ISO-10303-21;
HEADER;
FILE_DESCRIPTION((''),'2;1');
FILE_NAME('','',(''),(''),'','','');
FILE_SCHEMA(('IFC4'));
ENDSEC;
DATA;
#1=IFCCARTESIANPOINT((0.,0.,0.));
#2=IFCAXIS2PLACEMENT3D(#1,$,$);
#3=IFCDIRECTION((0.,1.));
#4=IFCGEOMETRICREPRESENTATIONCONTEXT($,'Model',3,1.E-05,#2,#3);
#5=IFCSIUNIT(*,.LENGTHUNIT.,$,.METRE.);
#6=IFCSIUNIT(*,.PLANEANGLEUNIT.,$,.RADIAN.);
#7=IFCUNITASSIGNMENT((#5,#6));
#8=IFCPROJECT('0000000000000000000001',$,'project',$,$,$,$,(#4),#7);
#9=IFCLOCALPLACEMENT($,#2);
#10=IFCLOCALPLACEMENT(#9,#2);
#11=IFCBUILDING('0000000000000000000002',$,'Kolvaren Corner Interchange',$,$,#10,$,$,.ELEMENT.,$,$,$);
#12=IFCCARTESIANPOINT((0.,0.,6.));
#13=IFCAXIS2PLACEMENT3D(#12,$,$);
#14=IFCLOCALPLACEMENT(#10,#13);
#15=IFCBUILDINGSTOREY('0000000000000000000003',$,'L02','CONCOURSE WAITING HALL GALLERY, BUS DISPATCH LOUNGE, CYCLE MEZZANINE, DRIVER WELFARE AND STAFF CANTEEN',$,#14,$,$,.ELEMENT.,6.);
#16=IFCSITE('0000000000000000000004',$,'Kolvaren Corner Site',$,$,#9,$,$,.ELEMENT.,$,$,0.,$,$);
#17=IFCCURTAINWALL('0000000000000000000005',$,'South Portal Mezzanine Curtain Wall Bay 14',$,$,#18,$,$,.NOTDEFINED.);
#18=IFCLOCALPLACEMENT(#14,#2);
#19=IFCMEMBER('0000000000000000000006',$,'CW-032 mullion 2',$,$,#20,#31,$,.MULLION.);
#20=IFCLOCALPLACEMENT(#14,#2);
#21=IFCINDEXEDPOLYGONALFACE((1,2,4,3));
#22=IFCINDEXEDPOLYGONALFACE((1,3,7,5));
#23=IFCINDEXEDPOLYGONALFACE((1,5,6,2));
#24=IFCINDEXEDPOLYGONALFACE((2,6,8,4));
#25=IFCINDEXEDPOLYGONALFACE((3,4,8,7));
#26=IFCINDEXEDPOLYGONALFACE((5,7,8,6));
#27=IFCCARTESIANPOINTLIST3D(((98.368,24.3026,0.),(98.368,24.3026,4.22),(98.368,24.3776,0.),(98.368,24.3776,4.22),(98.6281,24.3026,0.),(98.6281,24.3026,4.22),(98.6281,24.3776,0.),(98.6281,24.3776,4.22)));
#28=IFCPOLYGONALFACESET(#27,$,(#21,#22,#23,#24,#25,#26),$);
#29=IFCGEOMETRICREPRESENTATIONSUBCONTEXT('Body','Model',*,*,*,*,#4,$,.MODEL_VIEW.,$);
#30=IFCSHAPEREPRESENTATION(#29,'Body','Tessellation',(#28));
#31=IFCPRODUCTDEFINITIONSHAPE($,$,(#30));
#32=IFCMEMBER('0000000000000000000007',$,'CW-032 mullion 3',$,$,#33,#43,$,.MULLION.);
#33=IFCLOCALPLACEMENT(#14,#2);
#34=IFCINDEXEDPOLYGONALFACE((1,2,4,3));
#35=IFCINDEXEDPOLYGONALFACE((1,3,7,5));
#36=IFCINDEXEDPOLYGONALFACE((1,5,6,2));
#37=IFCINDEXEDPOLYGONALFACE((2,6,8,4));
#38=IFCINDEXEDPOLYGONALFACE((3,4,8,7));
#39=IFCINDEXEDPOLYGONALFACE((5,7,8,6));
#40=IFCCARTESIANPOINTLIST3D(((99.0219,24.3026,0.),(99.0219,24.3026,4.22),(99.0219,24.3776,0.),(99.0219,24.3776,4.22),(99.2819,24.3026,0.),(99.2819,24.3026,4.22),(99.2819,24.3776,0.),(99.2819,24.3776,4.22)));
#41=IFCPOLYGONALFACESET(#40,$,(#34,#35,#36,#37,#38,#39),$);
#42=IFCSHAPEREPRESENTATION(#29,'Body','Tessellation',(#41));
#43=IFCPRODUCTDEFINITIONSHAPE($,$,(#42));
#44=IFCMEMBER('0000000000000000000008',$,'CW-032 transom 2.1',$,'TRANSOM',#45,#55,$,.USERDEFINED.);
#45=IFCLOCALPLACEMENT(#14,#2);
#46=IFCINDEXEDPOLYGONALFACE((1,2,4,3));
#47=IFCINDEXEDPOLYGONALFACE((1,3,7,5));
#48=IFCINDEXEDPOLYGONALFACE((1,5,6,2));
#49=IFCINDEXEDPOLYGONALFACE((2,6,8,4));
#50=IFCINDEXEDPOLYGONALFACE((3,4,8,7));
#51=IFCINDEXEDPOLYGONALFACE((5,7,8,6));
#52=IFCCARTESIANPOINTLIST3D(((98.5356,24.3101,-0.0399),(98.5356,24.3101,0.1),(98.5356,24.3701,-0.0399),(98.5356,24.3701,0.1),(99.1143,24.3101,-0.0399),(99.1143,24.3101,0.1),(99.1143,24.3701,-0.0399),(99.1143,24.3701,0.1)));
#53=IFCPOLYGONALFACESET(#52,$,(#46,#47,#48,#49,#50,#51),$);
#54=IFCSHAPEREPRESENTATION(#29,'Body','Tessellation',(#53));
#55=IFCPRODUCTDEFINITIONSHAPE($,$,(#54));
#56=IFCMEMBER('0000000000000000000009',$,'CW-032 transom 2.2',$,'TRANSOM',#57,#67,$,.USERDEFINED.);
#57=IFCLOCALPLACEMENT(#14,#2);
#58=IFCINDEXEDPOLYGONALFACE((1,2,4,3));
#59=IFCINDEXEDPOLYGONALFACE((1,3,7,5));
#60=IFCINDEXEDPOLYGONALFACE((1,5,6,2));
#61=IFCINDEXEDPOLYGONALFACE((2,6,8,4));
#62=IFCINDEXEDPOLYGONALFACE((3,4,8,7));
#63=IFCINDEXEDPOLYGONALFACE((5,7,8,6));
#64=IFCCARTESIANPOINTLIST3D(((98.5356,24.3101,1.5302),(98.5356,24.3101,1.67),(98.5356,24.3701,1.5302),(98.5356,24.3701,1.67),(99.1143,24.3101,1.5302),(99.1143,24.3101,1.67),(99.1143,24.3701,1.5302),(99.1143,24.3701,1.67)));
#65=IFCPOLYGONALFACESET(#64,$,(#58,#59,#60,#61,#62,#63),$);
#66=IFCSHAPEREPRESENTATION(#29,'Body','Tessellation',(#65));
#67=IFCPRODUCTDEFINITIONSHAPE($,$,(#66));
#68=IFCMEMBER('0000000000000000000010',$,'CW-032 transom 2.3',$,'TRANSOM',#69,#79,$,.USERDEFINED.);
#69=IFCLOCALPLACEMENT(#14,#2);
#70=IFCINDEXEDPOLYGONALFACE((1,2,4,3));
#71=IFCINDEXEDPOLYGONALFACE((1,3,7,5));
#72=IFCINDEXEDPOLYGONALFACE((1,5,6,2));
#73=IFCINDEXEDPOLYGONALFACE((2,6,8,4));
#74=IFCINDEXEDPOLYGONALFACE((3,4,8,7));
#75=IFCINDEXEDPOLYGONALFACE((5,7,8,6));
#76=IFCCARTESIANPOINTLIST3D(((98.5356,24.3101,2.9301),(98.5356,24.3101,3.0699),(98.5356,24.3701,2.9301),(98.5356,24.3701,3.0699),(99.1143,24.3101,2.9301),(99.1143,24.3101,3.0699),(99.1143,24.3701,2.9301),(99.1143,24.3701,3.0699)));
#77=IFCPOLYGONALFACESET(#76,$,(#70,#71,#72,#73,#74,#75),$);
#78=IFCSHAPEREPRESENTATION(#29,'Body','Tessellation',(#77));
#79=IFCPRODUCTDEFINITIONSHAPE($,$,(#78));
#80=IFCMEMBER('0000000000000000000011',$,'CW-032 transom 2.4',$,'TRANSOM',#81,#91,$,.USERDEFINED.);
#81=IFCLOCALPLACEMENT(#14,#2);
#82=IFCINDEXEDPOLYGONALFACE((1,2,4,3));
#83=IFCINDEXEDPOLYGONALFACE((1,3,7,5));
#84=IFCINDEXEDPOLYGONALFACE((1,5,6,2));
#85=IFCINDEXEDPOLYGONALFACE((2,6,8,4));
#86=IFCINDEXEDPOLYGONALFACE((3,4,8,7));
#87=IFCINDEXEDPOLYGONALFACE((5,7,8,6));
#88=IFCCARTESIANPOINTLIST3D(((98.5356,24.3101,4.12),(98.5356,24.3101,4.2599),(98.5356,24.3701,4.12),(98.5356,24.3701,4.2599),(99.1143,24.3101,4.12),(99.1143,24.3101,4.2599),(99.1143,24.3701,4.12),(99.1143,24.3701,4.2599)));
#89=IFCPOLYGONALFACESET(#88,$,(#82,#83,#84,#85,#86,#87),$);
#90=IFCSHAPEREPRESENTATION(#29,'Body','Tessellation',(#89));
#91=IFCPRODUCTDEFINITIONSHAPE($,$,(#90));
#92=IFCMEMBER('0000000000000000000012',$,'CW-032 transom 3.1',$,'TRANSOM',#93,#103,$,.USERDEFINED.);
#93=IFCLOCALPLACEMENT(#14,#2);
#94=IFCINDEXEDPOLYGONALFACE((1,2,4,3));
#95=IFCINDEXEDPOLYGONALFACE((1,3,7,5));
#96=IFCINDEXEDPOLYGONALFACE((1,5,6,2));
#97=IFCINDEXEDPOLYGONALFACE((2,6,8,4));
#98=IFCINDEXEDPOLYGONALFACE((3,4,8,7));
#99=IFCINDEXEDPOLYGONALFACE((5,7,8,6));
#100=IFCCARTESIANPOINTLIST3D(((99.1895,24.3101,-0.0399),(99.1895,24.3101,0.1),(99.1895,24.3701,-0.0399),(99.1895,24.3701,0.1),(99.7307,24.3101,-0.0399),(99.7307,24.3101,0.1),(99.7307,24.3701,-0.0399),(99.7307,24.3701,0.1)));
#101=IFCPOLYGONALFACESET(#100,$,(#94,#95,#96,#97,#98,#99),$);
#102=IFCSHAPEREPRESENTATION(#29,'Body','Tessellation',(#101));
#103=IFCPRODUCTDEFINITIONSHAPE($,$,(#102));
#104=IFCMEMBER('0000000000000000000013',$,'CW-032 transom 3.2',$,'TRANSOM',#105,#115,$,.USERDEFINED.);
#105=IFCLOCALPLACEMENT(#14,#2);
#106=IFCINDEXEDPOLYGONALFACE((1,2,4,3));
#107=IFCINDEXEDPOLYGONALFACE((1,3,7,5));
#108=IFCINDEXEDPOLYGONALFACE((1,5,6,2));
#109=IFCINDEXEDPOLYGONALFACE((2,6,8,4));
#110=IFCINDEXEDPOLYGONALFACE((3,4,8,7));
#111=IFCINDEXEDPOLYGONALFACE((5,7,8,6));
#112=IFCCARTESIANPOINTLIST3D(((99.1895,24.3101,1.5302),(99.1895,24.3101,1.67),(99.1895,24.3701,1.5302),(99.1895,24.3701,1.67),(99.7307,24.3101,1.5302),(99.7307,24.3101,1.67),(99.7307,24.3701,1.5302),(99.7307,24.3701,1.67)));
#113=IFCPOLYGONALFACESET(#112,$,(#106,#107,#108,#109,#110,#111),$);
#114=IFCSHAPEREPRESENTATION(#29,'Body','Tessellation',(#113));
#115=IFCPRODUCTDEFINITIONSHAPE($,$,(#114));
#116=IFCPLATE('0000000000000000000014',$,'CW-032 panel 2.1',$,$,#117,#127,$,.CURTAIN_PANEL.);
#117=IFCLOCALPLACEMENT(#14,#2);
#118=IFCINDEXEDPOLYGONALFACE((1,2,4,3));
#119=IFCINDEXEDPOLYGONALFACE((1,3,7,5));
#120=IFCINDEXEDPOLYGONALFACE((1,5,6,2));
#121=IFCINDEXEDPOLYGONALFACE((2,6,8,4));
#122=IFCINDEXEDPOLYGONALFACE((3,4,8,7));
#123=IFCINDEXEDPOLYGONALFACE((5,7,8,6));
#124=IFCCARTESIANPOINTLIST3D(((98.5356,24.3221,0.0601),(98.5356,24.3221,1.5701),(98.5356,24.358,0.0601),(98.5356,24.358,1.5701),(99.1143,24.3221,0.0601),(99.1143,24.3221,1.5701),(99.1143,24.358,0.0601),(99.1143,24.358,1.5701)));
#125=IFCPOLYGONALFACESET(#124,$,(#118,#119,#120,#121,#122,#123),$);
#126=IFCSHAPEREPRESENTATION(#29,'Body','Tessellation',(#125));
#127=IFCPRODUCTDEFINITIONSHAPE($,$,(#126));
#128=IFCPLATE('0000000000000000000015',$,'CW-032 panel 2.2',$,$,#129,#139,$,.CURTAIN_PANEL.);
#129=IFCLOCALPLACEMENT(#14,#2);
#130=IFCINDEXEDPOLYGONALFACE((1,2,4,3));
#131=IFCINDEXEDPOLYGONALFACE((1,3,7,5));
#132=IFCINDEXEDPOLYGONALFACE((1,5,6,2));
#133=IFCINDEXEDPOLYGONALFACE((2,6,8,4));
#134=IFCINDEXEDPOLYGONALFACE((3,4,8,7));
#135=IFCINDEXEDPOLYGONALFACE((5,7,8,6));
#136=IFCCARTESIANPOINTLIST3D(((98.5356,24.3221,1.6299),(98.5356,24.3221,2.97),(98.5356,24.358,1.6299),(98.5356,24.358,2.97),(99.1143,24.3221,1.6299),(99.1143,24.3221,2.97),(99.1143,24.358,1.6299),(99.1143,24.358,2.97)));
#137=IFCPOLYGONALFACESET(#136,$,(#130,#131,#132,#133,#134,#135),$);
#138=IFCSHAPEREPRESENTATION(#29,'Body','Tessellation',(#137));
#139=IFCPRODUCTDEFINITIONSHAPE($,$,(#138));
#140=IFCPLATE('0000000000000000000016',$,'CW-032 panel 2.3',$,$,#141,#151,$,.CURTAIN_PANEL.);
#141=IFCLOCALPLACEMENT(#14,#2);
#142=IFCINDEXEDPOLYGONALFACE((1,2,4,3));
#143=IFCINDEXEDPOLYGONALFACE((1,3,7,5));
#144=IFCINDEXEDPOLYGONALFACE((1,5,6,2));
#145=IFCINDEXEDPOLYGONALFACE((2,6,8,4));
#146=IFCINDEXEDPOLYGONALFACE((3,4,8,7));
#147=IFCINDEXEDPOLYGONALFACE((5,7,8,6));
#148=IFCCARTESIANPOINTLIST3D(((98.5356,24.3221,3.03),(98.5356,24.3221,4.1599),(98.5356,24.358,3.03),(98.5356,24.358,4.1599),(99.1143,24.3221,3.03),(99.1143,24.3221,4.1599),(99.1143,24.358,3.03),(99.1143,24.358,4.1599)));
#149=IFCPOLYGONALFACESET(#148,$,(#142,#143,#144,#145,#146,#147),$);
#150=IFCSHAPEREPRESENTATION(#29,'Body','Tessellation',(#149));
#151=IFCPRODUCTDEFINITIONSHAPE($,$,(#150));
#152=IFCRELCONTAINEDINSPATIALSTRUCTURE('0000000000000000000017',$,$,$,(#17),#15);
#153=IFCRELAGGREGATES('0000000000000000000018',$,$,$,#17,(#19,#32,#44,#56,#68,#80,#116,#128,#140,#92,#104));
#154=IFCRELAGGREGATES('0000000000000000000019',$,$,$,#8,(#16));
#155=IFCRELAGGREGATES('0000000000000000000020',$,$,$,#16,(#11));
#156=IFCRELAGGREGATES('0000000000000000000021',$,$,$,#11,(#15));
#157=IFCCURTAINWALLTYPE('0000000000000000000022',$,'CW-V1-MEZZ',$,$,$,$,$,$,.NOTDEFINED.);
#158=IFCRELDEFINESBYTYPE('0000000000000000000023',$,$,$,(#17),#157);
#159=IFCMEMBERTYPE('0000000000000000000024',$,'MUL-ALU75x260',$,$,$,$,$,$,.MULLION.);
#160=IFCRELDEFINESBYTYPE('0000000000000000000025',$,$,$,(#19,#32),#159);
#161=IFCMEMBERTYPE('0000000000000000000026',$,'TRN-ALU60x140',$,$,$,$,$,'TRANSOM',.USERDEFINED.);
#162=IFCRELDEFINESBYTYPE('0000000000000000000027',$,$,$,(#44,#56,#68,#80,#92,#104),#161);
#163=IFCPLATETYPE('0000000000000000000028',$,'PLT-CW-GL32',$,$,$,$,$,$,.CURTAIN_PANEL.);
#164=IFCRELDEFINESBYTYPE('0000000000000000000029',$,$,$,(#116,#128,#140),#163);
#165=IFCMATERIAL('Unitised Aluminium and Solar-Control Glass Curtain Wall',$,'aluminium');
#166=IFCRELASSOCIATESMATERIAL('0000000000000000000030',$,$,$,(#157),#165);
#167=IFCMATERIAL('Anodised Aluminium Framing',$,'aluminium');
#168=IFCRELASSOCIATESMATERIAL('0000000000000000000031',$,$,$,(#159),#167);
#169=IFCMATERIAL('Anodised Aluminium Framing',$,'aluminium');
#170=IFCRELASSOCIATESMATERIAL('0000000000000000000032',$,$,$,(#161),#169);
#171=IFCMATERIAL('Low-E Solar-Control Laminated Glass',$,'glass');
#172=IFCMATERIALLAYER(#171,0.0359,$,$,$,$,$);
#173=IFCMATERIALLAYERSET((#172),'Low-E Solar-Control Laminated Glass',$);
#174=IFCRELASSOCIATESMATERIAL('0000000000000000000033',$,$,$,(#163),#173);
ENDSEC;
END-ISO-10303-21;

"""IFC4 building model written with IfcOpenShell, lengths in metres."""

from ifc_helpers import new_model, si_unit, direction, frame, origin, origin_2d, place, context, subcontext, project, spatial, rectangle, extrude, material, layer, layer_set, material_profile, profile_set, type_object, element, aggregate, save


model = new_model("IFC4")

# Units and contexts
model_context = context("Model", 3, precision=1e-05, world=origin(), true_north=direction((0.0, 1.0)))
body_context = subcontext(model_context, "Body", "Model", "MODEL_VIEW")
ifc_project = project(units=[si_unit("LENGTHUNIT", "METRE"), si_unit("PLANEANGLEUNIT", "RADIAN")], contexts=[model_context])

# Site, building, storey
site_placement = place(None, origin())
site = spatial("IfcSite", under=ifc_project, at=site_placement, Name="Kolvaren Corner Site", CompositionType="ELEMENT", RefElevation=0.0)
building_placement = place(site_placement, origin())
building = spatial("IfcBuilding", under=site, at=building_placement, Name="Kolvaren Corner Interchange", CompositionType="ELEMENT")
storey_placement = place(building_placement, frame((0.0, 0.0, 6.0)))
storey = spatial("IfcBuildingStorey", under=building, at=storey_placement, Name="L02", Description="CONCOURSE WAITING HALL GALLERY, BUS DISPATCH LOUNGE, CYCLE MEZZANINE, DRIVER WELFARE AND STAFF CANTEEN", CompositionType="ELEMENT", Elevation=6.0)

# Curtain wall, members, plates
ifc_material_1 = material(Name="Unitised Aluminium and Solar-Control Glass Curtain Wall", Category="aluminium")
curtain_wall_type = type_object("IfcCurtainWallType", Name="CW-V1-MEZZ", PredefinedType="NOTDEFINED", material=ifc_material_1)
curtain_wall_placement = place(storey_placement, origin())
curtain_wall = element("IfcCurtainWall", 1, at=curtain_wall_placement, inside=storey, type_object=curtain_wall_type, Name="South Portal Mezzanine Curtain Wall Bay 14", PredefinedType="NOTDEFINED")
ifc_material_2 = material(Name="Anodised Aluminium Framing", Category="aluminium")
ifc_material_profile_1 = material_profile(ifc_material_2, rectangle(XDim=0.075, YDim=0.26, at=origin_2d()), Name="ALU 75x260")
ifc_profile_set_1 = profile_set([ifc_material_profile_1], Name="Anodised Aluminium Framing")
member_type_1 = type_object("IfcMemberType", Name="MUL-ALU75x260", PredefinedType="MULLION", material=ifc_profile_set_1)
member_1_placement = place(storey_placement, frame((98.498, 24.3401, 0.0), z_axis=(0.0, 0.0, 1.0), x_axis=(0.0, 1.0, 0.0)))
member_1 = element("IfcMember", 2, at=member_1_placement, type_object=member_type_1, Name="CW-032 mullion 2", PredefinedType="MULLION", context=body_context, shape_type="SweptSolid", body=[
    extrude(rectangle(XDim=0.075, YDim=0.26, at=origin_2d()), origin(), (0.0, 0.0, 1.0), 4.22),
])
member_2_placement = place(storey_placement, frame((99.1519, 24.3401, 0.0), z_axis=(0.0, 0.0, 1.0), x_axis=(0.0, 1.0, 0.0)))
member_2 = element("IfcMember", 3, at=member_2_placement, type_object=member_type_1, Name="CW-032 mullion 3", PredefinedType="MULLION", context=body_context, shape_type="SweptSolid", body=[
    extrude(rectangle(XDim=0.075, YDim=0.26, at=origin_2d()), origin(), (0.0, 0.0, 1.0), 4.22),
])
ifc_material_3 = material(Name="Anodised Aluminium Framing", Category="aluminium")
ifc_material_profile_2 = material_profile(ifc_material_3, rectangle(XDim=0.0601, YDim=0.1399, at=origin_2d()), Name="ALU 60x140")
ifc_profile_set_2 = profile_set([ifc_material_profile_2], Name="Anodised Aluminium Framing")
member_type_2 = type_object("IfcMemberType", Name="TRN-ALU60x140", ElementType="TRANSOM", PredefinedType="USERDEFINED", material=ifc_profile_set_2)
member_3_placement = place(storey_placement, frame((98.5356, 24.3401, 0.03), z_axis=(1.0, 0.0, 0.0), x_axis=(0.0, 1.0, 0.0)))
member_3 = element("IfcMember", 4, at=member_3_placement, type_object=member_type_2, Name="CW-032 transom 2.1", ObjectType="TRANSOM", PredefinedType="USERDEFINED", context=body_context, shape_type="SweptSolid", body=[
    extrude(rectangle(XDim=0.0601, YDim=0.1399, at=origin_2d()), origin(), (0.0, 0.0, 1.0), 0.5786),
])
member_4_placement = place(storey_placement, frame((98.5356, 24.3401, 1.6001), z_axis=(1.0, 0.0, 0.0), x_axis=(0.0, 1.0, 0.0)))
member_4 = element("IfcMember", 5, at=member_4_placement, type_object=member_type_2, Name="CW-032 transom 2.2", ObjectType="TRANSOM", PredefinedType="USERDEFINED", context=body_context, shape_type="SweptSolid", body=[
    extrude(rectangle(XDim=0.0601, YDim=0.1399, at=origin_2d()), origin(), (0.0, 0.0, 1.0), 0.5786),
])
member_5_placement = place(storey_placement, frame((98.5356, 24.3401, 3.0), z_axis=(1.0, 0.0, 0.0), x_axis=(0.0, 1.0, 0.0)))
member_5 = element("IfcMember", 6, at=member_5_placement, type_object=member_type_2, Name="CW-032 transom 2.3", ObjectType="TRANSOM", PredefinedType="USERDEFINED", context=body_context, shape_type="SweptSolid", body=[
    extrude(rectangle(XDim=0.0601, YDim=0.1399, at=origin_2d()), origin(), (0.0, 0.0, 1.0), 0.5786),
])
member_6_placement = place(storey_placement, frame((98.5356, 24.3401, 4.1899), z_axis=(1.0, 0.0, 0.0), x_axis=(0.0, 1.0, 0.0)))
member_6 = element("IfcMember", 7, at=member_6_placement, type_object=member_type_2, Name="CW-032 transom 2.4", ObjectType="TRANSOM", PredefinedType="USERDEFINED", context=body_context, shape_type="SweptSolid", body=[
    extrude(rectangle(XDim=0.0601, YDim=0.1399, at=origin_2d()), origin(), (0.0, 0.0, 1.0), 0.5786),
])
member_7_placement = place(storey_placement, frame((99.1895, 24.3401, 0.03), z_axis=(1.0, 0.0, 0.0), x_axis=(0.0, 1.0, 0.0)))
member_7 = element("IfcMember", 8, at=member_7_placement, type_object=member_type_2, Name="CW-032 transom 3.1", ObjectType="TRANSOM", PredefinedType="USERDEFINED", context=body_context, shape_type="SweptSolid", body=[
    extrude(rectangle(XDim=0.0601, YDim=0.1399, at=origin_2d()), origin(), (0.0, 0.0, 1.0), 0.5413),
])
member_8_placement = place(storey_placement, frame((99.1895, 24.3401, 1.6001), z_axis=(1.0, 0.0, 0.0), x_axis=(0.0, 1.0, 0.0)))
member_8 = element("IfcMember", 9, at=member_8_placement, type_object=member_type_2, Name="CW-032 transom 3.2", ObjectType="TRANSOM", PredefinedType="USERDEFINED", context=body_context, shape_type="SweptSolid", body=[
    extrude(rectangle(XDim=0.0601, YDim=0.1399, at=origin_2d()), origin(), (0.0, 0.0, 1.0), 0.5413),
])
ifc_material_4 = material(Name="Low-E Solar-Control Laminated Glass", Category="glass")
ifc_layer = layer(ifc_material_4, 0.0359)
ifc_layer_set = layer_set([ifc_layer], Name="Low-E Solar-Control Laminated Glass")
plate_type = type_object("IfcPlateType", Name="PLT-CW-GL32", PredefinedType="CURTAIN_PANEL", material=ifc_layer_set)
plate_1_placement = place(storey_placement, frame((98.825, 24.3401, 0.0601), z_axis=(0.0, 0.0, 1.0), x_axis=(1.0, 0.0, 0.0)))
plate_1 = element("IfcPlate", 10, at=plate_1_placement, type_object=plate_type, Name="CW-032 panel 2.1", PredefinedType="CURTAIN_PANEL", context=body_context, shape_type="SweptSolid", body=[
    extrude(rectangle(XDim=0.5786, YDim=0.0359, at=origin_2d()), origin(), (0.0, 0.0, 1.0), 1.51),
])
plate_2_placement = place(storey_placement, frame((98.825, 24.3401, 1.6299), z_axis=(0.0, 0.0, 1.0), x_axis=(1.0, 0.0, 0.0)))
plate_2 = element("IfcPlate", 11, at=plate_2_placement, type_object=plate_type, Name="CW-032 panel 2.2", PredefinedType="CURTAIN_PANEL", context=body_context, shape_type="SweptSolid", body=[
    extrude(rectangle(XDim=0.5786, YDim=0.0359, at=origin_2d()), origin(), (0.0, 0.0, 1.0), 1.3401),
])
plate_3_placement = place(storey_placement, frame((98.825, 24.3401, 3.03), z_axis=(0.0, 0.0, 1.0), x_axis=(1.0, 0.0, 0.0)))
plate_3 = element("IfcPlate", 12, at=plate_3_placement, type_object=plate_type, Name="CW-032 panel 2.3", PredefinedType="CURTAIN_PANEL", context=body_context, shape_type="SweptSolid", body=[
    extrude(rectangle(XDim=0.5786, YDim=0.0359, at=origin_2d()), origin(), (0.0, 0.0, 1.0), 1.1299),
])
aggregate(curtain_wall, [member_1, member_2, member_3, member_4, member_5, member_6, plate_1, plate_2, plate_3, member_7, member_8])

save(model, "model.ifc")
